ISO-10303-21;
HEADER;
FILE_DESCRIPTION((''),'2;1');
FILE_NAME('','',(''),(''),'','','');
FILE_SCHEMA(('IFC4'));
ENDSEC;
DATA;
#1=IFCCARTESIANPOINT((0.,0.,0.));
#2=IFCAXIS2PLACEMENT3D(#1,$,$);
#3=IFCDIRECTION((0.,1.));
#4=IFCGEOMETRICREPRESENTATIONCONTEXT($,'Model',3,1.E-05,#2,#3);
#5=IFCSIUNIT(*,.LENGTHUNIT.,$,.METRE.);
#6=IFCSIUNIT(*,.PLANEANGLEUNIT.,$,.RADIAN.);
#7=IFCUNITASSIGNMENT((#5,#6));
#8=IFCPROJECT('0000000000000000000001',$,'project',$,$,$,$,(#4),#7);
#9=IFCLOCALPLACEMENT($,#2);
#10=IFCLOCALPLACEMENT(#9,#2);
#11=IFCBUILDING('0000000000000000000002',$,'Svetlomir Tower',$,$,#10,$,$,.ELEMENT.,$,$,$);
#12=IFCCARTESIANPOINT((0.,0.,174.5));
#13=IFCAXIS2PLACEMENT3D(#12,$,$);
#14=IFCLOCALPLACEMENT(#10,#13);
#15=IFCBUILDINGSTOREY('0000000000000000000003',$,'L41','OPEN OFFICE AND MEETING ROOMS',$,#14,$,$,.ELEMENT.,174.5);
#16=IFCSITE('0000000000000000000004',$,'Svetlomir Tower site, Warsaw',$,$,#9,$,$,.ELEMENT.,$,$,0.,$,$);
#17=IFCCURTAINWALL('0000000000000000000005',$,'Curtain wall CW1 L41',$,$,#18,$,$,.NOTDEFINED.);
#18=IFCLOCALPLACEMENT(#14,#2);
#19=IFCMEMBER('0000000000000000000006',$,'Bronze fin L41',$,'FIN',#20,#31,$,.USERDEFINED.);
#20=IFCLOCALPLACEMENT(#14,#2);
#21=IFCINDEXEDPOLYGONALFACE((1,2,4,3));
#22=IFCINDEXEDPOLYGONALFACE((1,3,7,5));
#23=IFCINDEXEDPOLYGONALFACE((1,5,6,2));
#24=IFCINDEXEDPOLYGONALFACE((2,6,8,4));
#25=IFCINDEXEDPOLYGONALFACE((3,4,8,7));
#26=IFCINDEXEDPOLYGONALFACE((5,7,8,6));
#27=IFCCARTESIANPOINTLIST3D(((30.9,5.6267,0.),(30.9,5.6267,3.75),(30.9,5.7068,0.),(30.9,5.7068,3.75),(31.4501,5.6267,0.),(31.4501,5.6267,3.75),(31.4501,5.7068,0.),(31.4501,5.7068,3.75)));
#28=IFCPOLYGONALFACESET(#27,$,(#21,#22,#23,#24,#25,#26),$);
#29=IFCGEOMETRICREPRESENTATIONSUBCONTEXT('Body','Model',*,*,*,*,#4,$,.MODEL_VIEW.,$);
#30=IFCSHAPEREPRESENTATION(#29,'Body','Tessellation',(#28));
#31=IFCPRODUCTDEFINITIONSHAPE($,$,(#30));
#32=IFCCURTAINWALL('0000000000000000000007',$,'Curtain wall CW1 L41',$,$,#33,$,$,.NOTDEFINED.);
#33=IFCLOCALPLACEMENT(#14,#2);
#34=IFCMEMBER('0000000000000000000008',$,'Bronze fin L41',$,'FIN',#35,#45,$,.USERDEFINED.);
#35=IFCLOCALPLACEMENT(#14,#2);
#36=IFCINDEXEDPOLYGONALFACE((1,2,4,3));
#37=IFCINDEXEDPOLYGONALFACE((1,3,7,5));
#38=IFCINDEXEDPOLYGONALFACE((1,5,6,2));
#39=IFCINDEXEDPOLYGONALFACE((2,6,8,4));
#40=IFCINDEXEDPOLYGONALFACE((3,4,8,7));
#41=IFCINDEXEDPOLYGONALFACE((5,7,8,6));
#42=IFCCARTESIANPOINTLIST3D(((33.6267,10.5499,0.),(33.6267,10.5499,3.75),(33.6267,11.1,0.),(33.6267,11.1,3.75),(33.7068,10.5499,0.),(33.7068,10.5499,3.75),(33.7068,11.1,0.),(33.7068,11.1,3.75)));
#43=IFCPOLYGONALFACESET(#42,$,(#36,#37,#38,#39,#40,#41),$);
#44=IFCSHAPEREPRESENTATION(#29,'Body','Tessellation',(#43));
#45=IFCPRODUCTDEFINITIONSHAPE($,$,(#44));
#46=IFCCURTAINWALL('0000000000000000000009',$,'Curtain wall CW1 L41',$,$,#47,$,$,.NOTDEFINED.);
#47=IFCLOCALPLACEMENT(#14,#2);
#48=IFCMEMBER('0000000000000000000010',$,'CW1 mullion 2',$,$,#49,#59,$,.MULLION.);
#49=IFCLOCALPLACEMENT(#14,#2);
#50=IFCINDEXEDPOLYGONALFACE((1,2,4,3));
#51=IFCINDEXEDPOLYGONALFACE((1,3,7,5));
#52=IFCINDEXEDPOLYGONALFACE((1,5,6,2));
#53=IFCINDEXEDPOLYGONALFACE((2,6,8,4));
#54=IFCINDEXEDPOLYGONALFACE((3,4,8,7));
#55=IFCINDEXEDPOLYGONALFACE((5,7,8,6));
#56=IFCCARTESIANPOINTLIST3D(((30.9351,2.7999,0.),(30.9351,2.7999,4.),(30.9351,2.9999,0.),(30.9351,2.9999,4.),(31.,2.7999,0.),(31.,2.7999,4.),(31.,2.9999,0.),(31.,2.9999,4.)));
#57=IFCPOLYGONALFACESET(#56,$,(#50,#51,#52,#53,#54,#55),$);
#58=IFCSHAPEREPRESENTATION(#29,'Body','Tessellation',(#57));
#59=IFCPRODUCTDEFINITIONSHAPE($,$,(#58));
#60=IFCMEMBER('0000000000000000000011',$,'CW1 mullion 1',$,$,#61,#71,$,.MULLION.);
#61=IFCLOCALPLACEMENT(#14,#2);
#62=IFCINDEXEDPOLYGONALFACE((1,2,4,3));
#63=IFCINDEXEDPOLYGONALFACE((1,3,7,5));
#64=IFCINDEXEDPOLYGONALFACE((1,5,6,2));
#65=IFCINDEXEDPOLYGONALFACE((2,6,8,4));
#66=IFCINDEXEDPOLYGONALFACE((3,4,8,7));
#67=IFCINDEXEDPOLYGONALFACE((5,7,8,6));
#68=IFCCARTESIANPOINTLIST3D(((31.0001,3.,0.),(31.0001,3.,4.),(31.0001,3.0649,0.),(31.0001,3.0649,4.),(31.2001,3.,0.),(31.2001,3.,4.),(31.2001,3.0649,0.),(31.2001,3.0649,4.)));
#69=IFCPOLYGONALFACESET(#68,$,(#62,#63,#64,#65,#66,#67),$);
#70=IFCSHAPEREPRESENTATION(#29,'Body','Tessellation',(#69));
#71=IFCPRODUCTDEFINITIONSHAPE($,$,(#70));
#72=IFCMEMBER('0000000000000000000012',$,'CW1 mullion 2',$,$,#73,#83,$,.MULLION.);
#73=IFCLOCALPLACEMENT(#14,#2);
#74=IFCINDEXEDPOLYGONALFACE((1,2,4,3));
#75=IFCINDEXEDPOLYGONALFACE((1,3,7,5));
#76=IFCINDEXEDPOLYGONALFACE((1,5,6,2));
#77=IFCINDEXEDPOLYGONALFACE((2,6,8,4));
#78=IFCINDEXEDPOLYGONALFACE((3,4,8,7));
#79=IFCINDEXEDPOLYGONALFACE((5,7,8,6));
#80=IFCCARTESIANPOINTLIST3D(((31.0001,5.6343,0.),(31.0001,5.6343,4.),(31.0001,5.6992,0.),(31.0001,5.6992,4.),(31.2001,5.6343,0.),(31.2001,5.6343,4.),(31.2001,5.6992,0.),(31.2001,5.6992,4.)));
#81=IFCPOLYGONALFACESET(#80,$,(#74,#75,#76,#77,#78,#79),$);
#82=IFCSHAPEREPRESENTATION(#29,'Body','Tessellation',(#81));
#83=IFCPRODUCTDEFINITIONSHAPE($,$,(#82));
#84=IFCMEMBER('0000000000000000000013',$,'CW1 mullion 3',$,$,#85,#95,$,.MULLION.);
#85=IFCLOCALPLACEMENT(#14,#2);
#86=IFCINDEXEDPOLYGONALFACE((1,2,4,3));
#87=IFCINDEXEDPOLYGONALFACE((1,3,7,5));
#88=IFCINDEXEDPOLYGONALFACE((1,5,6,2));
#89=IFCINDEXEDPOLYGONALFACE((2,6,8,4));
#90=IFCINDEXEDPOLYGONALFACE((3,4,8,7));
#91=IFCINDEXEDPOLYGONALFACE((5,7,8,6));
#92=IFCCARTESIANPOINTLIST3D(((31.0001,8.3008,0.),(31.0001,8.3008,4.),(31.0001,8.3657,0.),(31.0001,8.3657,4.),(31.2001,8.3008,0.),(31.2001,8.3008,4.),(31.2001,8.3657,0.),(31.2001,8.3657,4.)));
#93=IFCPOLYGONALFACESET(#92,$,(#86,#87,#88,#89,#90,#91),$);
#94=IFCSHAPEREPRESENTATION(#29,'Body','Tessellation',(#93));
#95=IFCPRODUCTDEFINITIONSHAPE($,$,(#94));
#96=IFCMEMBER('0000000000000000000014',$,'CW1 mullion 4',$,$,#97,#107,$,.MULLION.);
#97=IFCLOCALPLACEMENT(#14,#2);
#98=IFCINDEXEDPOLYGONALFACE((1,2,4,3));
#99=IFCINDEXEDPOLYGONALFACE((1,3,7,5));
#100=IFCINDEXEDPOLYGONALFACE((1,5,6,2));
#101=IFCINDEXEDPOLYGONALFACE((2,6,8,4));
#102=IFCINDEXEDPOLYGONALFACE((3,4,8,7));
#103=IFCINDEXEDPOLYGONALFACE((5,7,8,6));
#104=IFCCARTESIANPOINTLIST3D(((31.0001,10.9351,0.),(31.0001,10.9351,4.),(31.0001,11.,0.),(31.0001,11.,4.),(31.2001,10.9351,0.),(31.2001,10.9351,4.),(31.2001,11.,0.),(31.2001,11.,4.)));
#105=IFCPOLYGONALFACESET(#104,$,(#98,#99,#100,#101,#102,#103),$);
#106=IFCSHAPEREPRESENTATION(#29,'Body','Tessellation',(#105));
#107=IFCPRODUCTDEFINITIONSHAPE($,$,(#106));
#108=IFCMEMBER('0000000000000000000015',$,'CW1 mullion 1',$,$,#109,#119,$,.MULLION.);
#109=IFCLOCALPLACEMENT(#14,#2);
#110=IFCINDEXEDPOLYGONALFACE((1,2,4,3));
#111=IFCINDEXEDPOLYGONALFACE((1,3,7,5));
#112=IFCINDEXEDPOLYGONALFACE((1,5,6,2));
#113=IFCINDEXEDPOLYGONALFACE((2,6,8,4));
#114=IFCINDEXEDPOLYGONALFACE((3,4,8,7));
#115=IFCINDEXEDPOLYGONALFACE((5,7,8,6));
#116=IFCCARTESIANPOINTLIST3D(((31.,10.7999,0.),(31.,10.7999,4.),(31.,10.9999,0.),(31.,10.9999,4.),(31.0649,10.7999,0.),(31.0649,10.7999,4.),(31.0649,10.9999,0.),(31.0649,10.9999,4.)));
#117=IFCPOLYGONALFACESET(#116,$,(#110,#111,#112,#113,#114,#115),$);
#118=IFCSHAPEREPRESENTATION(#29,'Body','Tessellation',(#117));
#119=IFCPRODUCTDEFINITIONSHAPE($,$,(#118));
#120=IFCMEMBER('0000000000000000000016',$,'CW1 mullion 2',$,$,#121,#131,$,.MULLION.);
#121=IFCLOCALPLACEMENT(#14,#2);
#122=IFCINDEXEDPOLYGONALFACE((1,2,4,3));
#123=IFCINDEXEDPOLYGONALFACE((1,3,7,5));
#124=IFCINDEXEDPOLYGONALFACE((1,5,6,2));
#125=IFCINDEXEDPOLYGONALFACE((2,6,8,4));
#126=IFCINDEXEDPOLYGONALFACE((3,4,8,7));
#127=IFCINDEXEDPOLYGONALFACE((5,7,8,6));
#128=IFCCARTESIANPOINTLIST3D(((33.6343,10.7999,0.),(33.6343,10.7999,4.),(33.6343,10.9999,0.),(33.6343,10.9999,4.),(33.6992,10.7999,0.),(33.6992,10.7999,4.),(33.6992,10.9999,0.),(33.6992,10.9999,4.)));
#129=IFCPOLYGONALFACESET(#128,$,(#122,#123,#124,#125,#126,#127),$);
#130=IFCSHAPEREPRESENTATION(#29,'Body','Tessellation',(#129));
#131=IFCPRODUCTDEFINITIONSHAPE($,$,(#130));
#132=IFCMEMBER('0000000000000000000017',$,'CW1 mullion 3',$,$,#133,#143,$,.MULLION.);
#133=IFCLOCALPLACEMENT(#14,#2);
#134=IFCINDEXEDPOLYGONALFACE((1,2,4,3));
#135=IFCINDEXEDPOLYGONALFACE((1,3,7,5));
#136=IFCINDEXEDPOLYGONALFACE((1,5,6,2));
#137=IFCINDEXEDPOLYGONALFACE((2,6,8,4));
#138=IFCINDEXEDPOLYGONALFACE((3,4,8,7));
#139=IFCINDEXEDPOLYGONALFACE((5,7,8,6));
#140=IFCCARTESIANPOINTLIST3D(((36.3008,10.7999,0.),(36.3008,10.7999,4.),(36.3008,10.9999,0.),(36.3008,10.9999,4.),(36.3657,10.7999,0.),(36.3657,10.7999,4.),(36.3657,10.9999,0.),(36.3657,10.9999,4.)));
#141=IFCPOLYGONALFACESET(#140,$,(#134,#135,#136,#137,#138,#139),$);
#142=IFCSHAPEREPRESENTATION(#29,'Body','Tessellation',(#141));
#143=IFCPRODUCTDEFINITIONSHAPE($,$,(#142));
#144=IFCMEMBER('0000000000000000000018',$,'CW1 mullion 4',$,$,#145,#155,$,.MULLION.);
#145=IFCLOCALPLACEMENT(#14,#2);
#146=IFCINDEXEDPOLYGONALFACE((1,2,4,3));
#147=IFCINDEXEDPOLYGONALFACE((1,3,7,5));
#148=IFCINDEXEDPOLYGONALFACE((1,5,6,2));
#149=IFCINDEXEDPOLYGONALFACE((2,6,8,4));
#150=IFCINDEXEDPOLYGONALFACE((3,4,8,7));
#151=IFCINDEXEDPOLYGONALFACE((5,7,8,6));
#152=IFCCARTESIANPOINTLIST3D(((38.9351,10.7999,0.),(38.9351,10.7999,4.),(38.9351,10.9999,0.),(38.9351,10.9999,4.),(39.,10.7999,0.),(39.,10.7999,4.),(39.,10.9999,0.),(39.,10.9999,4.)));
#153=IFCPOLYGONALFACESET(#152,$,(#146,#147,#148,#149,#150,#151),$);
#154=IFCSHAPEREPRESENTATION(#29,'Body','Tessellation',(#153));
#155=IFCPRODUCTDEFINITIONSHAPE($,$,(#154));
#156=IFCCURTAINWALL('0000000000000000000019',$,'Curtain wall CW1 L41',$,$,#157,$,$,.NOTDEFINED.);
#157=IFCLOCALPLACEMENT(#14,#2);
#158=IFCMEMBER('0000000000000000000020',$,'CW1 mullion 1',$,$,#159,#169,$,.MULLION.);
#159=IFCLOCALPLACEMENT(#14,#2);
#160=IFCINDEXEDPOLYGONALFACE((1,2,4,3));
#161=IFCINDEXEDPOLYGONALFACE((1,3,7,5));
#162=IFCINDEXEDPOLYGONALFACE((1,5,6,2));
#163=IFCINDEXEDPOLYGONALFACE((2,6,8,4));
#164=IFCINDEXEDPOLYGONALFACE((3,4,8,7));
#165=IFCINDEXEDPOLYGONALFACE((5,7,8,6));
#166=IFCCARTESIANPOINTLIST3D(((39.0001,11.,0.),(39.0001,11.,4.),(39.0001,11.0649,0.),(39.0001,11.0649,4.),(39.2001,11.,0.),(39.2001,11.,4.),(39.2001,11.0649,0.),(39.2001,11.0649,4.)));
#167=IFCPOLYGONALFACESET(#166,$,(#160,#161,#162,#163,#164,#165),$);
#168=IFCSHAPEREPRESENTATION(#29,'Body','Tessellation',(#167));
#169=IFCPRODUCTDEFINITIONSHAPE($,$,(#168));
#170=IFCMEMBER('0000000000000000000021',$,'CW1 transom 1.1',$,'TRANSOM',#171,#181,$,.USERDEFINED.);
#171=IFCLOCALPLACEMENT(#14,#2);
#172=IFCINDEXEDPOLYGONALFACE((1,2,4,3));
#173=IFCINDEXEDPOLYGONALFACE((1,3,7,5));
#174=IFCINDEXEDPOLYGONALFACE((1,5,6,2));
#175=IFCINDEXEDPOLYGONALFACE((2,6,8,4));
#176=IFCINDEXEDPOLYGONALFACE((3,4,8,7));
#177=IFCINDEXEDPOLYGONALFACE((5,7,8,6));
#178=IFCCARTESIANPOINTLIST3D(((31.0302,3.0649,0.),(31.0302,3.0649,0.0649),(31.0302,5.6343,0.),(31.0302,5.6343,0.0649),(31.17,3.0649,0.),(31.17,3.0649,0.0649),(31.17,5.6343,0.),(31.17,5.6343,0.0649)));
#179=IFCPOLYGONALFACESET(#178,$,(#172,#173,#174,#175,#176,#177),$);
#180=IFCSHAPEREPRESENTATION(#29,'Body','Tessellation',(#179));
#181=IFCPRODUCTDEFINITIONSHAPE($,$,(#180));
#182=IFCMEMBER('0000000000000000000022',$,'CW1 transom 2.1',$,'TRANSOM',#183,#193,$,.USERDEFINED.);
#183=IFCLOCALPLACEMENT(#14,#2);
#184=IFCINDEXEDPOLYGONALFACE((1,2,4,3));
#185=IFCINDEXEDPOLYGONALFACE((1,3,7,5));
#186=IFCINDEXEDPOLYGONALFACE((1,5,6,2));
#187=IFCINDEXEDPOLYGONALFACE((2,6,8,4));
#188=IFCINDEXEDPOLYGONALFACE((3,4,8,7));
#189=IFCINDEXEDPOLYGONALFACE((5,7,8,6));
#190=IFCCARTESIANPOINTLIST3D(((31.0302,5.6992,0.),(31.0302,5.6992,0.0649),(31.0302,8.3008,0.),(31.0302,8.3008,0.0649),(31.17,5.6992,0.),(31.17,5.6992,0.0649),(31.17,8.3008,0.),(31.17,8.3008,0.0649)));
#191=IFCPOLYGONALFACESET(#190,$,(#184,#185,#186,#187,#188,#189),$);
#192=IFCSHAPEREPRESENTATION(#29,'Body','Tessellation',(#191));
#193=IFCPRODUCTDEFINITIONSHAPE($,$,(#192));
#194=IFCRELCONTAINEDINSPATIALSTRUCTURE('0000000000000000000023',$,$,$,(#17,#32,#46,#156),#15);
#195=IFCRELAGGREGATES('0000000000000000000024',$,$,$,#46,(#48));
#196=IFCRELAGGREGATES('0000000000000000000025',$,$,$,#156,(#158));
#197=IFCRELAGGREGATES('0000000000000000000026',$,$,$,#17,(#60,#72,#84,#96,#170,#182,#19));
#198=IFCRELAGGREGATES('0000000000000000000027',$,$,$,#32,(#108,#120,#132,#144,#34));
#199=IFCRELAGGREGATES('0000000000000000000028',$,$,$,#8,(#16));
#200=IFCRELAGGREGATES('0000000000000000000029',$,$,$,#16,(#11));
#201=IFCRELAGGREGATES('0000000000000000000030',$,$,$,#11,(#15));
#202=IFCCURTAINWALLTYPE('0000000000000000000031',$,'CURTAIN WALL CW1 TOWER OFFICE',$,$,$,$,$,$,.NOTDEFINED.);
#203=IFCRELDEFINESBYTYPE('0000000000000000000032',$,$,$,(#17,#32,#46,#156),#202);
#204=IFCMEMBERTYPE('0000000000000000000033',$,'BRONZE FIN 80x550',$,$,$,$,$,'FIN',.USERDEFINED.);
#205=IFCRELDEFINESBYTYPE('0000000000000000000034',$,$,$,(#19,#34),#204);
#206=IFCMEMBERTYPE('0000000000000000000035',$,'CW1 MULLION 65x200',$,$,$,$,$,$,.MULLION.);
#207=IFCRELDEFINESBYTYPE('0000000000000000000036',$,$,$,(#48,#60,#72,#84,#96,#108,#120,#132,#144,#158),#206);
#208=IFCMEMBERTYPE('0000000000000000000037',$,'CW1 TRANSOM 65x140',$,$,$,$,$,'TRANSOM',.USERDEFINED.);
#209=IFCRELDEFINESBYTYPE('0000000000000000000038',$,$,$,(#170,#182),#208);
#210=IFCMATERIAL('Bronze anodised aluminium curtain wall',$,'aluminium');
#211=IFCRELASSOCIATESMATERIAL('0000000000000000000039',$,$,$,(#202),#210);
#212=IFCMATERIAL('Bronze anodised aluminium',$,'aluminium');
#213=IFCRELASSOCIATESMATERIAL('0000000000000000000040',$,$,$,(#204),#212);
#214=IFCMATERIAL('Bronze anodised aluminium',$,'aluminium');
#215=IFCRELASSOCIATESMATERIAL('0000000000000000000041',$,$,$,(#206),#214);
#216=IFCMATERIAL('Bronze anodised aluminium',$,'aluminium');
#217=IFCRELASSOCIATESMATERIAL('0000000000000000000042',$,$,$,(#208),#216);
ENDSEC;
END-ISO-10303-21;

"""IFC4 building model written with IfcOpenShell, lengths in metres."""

from ifc_helpers import new_model, si_unit, direction, frame, origin, origin_2d, place, context, subcontext, project, spatial, rectangle, extrude, material, material_profile, profile_set, type_object, element, aggregate, save


model = new_model("IFC4")

# Units and contexts
model_context = context("Model", 3, precision=1e-05, world=origin(), true_north=direction((0.0, 1.0)))
body_context = subcontext(model_context, "Body", "Model", "MODEL_VIEW")
ifc_project = project(units=[si_unit("LENGTHUNIT", "METRE"), si_unit("PLANEANGLEUNIT", "RADIAN")], contexts=[model_context])

# Site, building, storey
site_placement = place(None, origin())
site = spatial("IfcSite", under=ifc_project, at=site_placement, Name="Svetlomir Tower site, Warsaw", CompositionType="ELEMENT", RefElevation=0.0)
building_placement = place(site_placement, origin())
building = spatial("IfcBuilding", under=site, at=building_placement, Name="Svetlomir Tower", CompositionType="ELEMENT")
storey_placement = place(building_placement, frame((0.0, 0.0, 174.5)))
storey = spatial("IfcBuildingStorey", under=building, at=storey_placement, Name="L41", Description="OPEN OFFICE AND MEETING ROOMS", CompositionType="ELEMENT", Elevation=174.5)

# Curtain walls, members
ifc_material_1 = material(Name="Bronze anodised aluminium curtain wall", Category="aluminium")
curtain_wall_type = type_object("IfcCurtainWallType", Name="CURTAIN WALL CW1 TOWER OFFICE", PredefinedType="NOTDEFINED", material=ifc_material_1)
curtain_wall_1_placement = place(storey_placement, origin())
curtain_wall_1 = element("IfcCurtainWall", 1, at=curtain_wall_1_placement, inside=storey, type_object=curtain_wall_type, Name="Curtain wall CW1 L41", PredefinedType="NOTDEFINED")
ifc_material_2 = material(Name="Bronze anodised aluminium", Category="aluminium")
ifc_material_profile_1 = material_profile(ifc_material_2, rectangle(XDim=0.0801, YDim=0.55, at=origin_2d()), Name="FIN 80x550")
ifc_profile_set_1 = profile_set([ifc_material_profile_1], Name="Bronze anodised aluminium 6063-T6")
member_type_1 = type_object("IfcMemberType", Name="BRONZE FIN 80x550", ElementType="FIN", PredefinedType="USERDEFINED", material=ifc_profile_set_1)
member_1_placement = place(storey_placement, frame((31.175, 5.6667, 0.0), z_axis=(0.0, 0.0, 1.0), x_axis=(0.0, 1.0, 0.0)))
member_1 = element("IfcMember", 2, at=member_1_placement, type_object=member_type_1, Name="Bronze fin L41", ObjectType="FIN", PredefinedType="USERDEFINED", context=body_context, shape_type="SweptSolid", body=[
    extrude(rectangle(XDim=0.0801, YDim=0.55, at=origin_2d()), origin(), (0.0, 0.0, 1.0), 3.75),
])
curtain_wall_2_placement = place(storey_placement, origin())
curtain_wall_2 = element("IfcCurtainWall", 3, at=curtain_wall_2_placement, inside=storey, type_object=curtain_wall_type, Name="Curtain wall CW1 L41", PredefinedType="NOTDEFINED")
member_2_placement = place(storey_placement, frame((33.6667, 10.825, 0.0), z_axis=(0.0, 0.0, 1.0), x_axis=(1.0, 0.0, 0.0)))
member_2 = element("IfcMember", 4, at=member_2_placement, type_object=member_type_1, Name="Bronze fin L41", ObjectType="FIN", PredefinedType="USERDEFINED", context=body_context, shape_type="SweptSolid", body=[
    extrude(rectangle(XDim=0.0801, YDim=0.55, at=origin_2d()), origin(), (0.0, 0.0, 1.0), 3.75),
])
curtain_wall_3_placement = place(storey_placement, origin())
curtain_wall_3 = element("IfcCurtainWall", 5, at=curtain_wall_3_placement, inside=storey, type_object=curtain_wall_type, Name="Curtain wall CW1 L41", PredefinedType="NOTDEFINED")
ifc_material_3 = material(Name="Bronze anodised aluminium", Category="aluminium")
ifc_material_profile_2 = material_profile(ifc_material_3, rectangle(XDim=0.0649, YDim=0.2, at=origin_2d()), Name="AL 65x200")
ifc_profile_set_2 = profile_set([ifc_material_profile_2], Name="Bronze anodised aluminium 6063-T6")
member_type_2 = type_object("IfcMemberType", Name="CW1 MULLION 65x200", PredefinedType="MULLION", material=ifc_profile_set_2)
member_3_placement = place(storey_placement, frame((30.9675, 2.8999, 0.0), z_axis=(0.0, 0.0, 1.0), x_axis=(1.0, 0.0, 0.0)))
member_3 = element("IfcMember", 6, at=member_3_placement, type_object=member_type_2, Name="CW1 mullion 2", PredefinedType="MULLION", context=body_context, shape_type="SweptSolid", body=[
    extrude(rectangle(XDim=0.0649, YDim=0.2, at=origin_2d()), origin(), (0.0, 0.0, 1.0), 4.0),
])
aggregate(curtain_wall_3, [member_3])

# Members
member_4_placement = place(storey_placement, frame((31.1001, 3.0325, 0.0), z_axis=(0.0, 0.0, 1.0), x_axis=(0.0, 1.0, 0.0)))
member_4 = element("IfcMember", 7, at=member_4_placement, type_object=member_type_2, Name="CW1 mullion 1", PredefinedType="MULLION", context=body_context, shape_type="SweptSolid", body=[
    extrude(rectangle(XDim=0.0649, YDim=0.2, at=origin_2d()), origin(), (0.0, 0.0, 1.0), 4.0),
])
member_5_placement = place(storey_placement, frame((31.1001, 5.6667, 0.0), z_axis=(0.0, 0.0, 1.0), x_axis=(0.0, 1.0, 0.0)))
member_5 = element("IfcMember", 8, at=member_5_placement, type_object=member_type_2, Name="CW1 mullion 2", PredefinedType="MULLION", context=body_context, shape_type="SweptSolid", body=[
    extrude(rectangle(XDim=0.0649, YDim=0.2, at=origin_2d()), origin(), (0.0, 0.0, 1.0), 4.0),
])
member_6_placement = place(storey_placement, frame((31.1001, 8.3333, 0.0), z_axis=(0.0, 0.0, 1.0), x_axis=(0.0, 1.0, 0.0)))
member_6 = element("IfcMember", 9, at=member_6_placement, type_object=member_type_2, Name="CW1 mullion 3", PredefinedType="MULLION", context=body_context, shape_type="SweptSolid", body=[
    extrude(rectangle(XDim=0.0649, YDim=0.2, at=origin_2d()), origin(), (0.0, 0.0, 1.0), 4.0),
])
member_7_placement = place(storey_placement, frame((31.1001, 10.9675, 0.0), z_axis=(0.0, 0.0, 1.0), x_axis=(0.0, 1.0, 0.0)))
member_7 = element("IfcMember", 10, at=member_7_placement, type_object=member_type_2, Name="CW1 mullion 4", PredefinedType="MULLION", context=body_context, shape_type="SweptSolid", body=[
    extrude(rectangle(XDim=0.0649, YDim=0.2, at=origin_2d()), origin(), (0.0, 0.0, 1.0), 4.0),
])
member_8_placement = place(storey_placement, frame((31.0325, 10.8999, 0.0), z_axis=(0.0, 0.0, 1.0), x_axis=(1.0, 0.0, 0.0)))
member_8 = element("IfcMember", 11, at=member_8_placement, type_object=member_type_2, Name="CW1 mullion 1", PredefinedType="MULLION", context=body_context, shape_type="SweptSolid", body=[
    extrude(rectangle(XDim=0.0649, YDim=0.2, at=origin_2d()), origin(), (0.0, 0.0, 1.0), 4.0),
])
member_9_placement = place(storey_placement, frame((33.6667, 10.8999, 0.0), z_axis=(0.0, 0.0, 1.0), x_axis=(1.0, 0.0, 0.0)))
member_9 = element("IfcMember", 12, at=member_9_placement, type_object=member_type_2, Name="CW1 mullion 2", PredefinedType="MULLION", context=body_context, shape_type="SweptSolid", body=[
    extrude(rectangle(XDim=0.0649, YDim=0.2, at=origin_2d()), origin(), (0.0, 0.0, 1.0), 4.0),
])
member_10_placement = place(storey_placement, frame((36.3333, 10.8999, 0.0), z_axis=(0.0, 0.0, 1.0), x_axis=(1.0, 0.0, 0.0)))
member_10 = element("IfcMember", 13, at=member_10_placement, type_object=member_type_2, Name="CW1 mullion 3", PredefinedType="MULLION", context=body_context, shape_type="SweptSolid", body=[
    extrude(rectangle(XDim=0.0649, YDim=0.2, at=origin_2d()), origin(), (0.0, 0.0, 1.0), 4.0),
])
member_11_placement = place(storey_placement, frame((38.9675, 10.8999, 0.0), z_axis=(0.0, 0.0, 1.0), x_axis=(1.0, 0.0, 0.0)))
member_11 = element("IfcMember", 14, at=member_11_placement, type_object=member_type_2, Name="CW1 mullion 4", PredefinedType="MULLION", context=body_context, shape_type="SweptSolid", body=[
    extrude(rectangle(XDim=0.0649, YDim=0.2, at=origin_2d()), origin(), (0.0, 0.0, 1.0), 4.0),
])

# Curtain wall, member
curtain_wall_4_placement = place(storey_placement, origin())
curtain_wall_4 = element("IfcCurtainWall", 15, at=curtain_wall_4_placement, inside=storey, type_object=curtain_wall_type, Name="Curtain wall CW1 L41", PredefinedType="NOTDEFINED")
member_12_placement = place(storey_placement, frame((39.1001, 11.0325, 0.0), z_axis=(0.0, 0.0, 1.0), x_axis=(0.0, 1.0, 0.0)))
member_12 = element("IfcMember", 16, at=member_12_placement, type_object=member_type_2, Name="CW1 mullion 1", PredefinedType="MULLION", context=body_context, shape_type="SweptSolid", body=[
    extrude(rectangle(XDim=0.0649, YDim=0.2, at=origin_2d()), origin(), (0.0, 0.0, 1.0), 4.0),
])
aggregate(curtain_wall_4, [member_12])

# Members
ifc_material_4 = material(Name="Bronze anodised aluminium", Category="aluminium")
ifc_material_profile_3 = material_profile(ifc_material_4, rectangle(XDim=0.1399, YDim=0.0649, at=origin_2d()), Name="AL 140x65")
ifc_profile_set_3 = profile_set([ifc_material_profile_3], Name="Bronze anodised aluminium 6063-T6")
member_type_3 = type_object("IfcMemberType", Name="CW1 TRANSOM 65x140", ElementType="TRANSOM", PredefinedType="USERDEFINED", material=ifc_profile_set_3)
member_13_placement = place(storey_placement, frame((31.1001, 3.0649, 0.0325), z_axis=(0.0, 1.0, 0.0), x_axis=(-1.0, 0.0, 0.0)))
member_13 = element("IfcMember", 17, at=member_13_placement, type_object=member_type_3, Name="CW1 transom 1.1", ObjectType="TRANSOM", PredefinedType="USERDEFINED", context=body_context, shape_type="SweptSolid", body=[
    extrude(rectangle(XDim=0.1399, YDim=0.0649, at=origin_2d()), origin(), (0.0, 0.0, 1.0), 2.5693),
])
member_14_placement = place(storey_placement, frame((31.1001, 5.6992, 0.0325), z_axis=(0.0, 1.0, 0.0), x_axis=(-1.0, 0.0, 0.0)))
member_14 = element("IfcMember", 18, at=member_14_placement, type_object=member_type_3, Name="CW1 transom 2.1", ObjectType="TRANSOM", PredefinedType="USERDEFINED", context=body_context, shape_type="SweptSolid", body=[
    extrude(rectangle(XDim=0.1399, YDim=0.0649, at=origin_2d()), origin(), (0.0, 0.0, 1.0), 2.6016),
])

aggregate(curtain_wall_1, [member_4, member_5, member_6, member_7, member_13, member_14, member_1])
aggregate(curtain_wall_2, [member_8, member_9, member_10, member_11, member_2])

save(model, "model.ifc")
